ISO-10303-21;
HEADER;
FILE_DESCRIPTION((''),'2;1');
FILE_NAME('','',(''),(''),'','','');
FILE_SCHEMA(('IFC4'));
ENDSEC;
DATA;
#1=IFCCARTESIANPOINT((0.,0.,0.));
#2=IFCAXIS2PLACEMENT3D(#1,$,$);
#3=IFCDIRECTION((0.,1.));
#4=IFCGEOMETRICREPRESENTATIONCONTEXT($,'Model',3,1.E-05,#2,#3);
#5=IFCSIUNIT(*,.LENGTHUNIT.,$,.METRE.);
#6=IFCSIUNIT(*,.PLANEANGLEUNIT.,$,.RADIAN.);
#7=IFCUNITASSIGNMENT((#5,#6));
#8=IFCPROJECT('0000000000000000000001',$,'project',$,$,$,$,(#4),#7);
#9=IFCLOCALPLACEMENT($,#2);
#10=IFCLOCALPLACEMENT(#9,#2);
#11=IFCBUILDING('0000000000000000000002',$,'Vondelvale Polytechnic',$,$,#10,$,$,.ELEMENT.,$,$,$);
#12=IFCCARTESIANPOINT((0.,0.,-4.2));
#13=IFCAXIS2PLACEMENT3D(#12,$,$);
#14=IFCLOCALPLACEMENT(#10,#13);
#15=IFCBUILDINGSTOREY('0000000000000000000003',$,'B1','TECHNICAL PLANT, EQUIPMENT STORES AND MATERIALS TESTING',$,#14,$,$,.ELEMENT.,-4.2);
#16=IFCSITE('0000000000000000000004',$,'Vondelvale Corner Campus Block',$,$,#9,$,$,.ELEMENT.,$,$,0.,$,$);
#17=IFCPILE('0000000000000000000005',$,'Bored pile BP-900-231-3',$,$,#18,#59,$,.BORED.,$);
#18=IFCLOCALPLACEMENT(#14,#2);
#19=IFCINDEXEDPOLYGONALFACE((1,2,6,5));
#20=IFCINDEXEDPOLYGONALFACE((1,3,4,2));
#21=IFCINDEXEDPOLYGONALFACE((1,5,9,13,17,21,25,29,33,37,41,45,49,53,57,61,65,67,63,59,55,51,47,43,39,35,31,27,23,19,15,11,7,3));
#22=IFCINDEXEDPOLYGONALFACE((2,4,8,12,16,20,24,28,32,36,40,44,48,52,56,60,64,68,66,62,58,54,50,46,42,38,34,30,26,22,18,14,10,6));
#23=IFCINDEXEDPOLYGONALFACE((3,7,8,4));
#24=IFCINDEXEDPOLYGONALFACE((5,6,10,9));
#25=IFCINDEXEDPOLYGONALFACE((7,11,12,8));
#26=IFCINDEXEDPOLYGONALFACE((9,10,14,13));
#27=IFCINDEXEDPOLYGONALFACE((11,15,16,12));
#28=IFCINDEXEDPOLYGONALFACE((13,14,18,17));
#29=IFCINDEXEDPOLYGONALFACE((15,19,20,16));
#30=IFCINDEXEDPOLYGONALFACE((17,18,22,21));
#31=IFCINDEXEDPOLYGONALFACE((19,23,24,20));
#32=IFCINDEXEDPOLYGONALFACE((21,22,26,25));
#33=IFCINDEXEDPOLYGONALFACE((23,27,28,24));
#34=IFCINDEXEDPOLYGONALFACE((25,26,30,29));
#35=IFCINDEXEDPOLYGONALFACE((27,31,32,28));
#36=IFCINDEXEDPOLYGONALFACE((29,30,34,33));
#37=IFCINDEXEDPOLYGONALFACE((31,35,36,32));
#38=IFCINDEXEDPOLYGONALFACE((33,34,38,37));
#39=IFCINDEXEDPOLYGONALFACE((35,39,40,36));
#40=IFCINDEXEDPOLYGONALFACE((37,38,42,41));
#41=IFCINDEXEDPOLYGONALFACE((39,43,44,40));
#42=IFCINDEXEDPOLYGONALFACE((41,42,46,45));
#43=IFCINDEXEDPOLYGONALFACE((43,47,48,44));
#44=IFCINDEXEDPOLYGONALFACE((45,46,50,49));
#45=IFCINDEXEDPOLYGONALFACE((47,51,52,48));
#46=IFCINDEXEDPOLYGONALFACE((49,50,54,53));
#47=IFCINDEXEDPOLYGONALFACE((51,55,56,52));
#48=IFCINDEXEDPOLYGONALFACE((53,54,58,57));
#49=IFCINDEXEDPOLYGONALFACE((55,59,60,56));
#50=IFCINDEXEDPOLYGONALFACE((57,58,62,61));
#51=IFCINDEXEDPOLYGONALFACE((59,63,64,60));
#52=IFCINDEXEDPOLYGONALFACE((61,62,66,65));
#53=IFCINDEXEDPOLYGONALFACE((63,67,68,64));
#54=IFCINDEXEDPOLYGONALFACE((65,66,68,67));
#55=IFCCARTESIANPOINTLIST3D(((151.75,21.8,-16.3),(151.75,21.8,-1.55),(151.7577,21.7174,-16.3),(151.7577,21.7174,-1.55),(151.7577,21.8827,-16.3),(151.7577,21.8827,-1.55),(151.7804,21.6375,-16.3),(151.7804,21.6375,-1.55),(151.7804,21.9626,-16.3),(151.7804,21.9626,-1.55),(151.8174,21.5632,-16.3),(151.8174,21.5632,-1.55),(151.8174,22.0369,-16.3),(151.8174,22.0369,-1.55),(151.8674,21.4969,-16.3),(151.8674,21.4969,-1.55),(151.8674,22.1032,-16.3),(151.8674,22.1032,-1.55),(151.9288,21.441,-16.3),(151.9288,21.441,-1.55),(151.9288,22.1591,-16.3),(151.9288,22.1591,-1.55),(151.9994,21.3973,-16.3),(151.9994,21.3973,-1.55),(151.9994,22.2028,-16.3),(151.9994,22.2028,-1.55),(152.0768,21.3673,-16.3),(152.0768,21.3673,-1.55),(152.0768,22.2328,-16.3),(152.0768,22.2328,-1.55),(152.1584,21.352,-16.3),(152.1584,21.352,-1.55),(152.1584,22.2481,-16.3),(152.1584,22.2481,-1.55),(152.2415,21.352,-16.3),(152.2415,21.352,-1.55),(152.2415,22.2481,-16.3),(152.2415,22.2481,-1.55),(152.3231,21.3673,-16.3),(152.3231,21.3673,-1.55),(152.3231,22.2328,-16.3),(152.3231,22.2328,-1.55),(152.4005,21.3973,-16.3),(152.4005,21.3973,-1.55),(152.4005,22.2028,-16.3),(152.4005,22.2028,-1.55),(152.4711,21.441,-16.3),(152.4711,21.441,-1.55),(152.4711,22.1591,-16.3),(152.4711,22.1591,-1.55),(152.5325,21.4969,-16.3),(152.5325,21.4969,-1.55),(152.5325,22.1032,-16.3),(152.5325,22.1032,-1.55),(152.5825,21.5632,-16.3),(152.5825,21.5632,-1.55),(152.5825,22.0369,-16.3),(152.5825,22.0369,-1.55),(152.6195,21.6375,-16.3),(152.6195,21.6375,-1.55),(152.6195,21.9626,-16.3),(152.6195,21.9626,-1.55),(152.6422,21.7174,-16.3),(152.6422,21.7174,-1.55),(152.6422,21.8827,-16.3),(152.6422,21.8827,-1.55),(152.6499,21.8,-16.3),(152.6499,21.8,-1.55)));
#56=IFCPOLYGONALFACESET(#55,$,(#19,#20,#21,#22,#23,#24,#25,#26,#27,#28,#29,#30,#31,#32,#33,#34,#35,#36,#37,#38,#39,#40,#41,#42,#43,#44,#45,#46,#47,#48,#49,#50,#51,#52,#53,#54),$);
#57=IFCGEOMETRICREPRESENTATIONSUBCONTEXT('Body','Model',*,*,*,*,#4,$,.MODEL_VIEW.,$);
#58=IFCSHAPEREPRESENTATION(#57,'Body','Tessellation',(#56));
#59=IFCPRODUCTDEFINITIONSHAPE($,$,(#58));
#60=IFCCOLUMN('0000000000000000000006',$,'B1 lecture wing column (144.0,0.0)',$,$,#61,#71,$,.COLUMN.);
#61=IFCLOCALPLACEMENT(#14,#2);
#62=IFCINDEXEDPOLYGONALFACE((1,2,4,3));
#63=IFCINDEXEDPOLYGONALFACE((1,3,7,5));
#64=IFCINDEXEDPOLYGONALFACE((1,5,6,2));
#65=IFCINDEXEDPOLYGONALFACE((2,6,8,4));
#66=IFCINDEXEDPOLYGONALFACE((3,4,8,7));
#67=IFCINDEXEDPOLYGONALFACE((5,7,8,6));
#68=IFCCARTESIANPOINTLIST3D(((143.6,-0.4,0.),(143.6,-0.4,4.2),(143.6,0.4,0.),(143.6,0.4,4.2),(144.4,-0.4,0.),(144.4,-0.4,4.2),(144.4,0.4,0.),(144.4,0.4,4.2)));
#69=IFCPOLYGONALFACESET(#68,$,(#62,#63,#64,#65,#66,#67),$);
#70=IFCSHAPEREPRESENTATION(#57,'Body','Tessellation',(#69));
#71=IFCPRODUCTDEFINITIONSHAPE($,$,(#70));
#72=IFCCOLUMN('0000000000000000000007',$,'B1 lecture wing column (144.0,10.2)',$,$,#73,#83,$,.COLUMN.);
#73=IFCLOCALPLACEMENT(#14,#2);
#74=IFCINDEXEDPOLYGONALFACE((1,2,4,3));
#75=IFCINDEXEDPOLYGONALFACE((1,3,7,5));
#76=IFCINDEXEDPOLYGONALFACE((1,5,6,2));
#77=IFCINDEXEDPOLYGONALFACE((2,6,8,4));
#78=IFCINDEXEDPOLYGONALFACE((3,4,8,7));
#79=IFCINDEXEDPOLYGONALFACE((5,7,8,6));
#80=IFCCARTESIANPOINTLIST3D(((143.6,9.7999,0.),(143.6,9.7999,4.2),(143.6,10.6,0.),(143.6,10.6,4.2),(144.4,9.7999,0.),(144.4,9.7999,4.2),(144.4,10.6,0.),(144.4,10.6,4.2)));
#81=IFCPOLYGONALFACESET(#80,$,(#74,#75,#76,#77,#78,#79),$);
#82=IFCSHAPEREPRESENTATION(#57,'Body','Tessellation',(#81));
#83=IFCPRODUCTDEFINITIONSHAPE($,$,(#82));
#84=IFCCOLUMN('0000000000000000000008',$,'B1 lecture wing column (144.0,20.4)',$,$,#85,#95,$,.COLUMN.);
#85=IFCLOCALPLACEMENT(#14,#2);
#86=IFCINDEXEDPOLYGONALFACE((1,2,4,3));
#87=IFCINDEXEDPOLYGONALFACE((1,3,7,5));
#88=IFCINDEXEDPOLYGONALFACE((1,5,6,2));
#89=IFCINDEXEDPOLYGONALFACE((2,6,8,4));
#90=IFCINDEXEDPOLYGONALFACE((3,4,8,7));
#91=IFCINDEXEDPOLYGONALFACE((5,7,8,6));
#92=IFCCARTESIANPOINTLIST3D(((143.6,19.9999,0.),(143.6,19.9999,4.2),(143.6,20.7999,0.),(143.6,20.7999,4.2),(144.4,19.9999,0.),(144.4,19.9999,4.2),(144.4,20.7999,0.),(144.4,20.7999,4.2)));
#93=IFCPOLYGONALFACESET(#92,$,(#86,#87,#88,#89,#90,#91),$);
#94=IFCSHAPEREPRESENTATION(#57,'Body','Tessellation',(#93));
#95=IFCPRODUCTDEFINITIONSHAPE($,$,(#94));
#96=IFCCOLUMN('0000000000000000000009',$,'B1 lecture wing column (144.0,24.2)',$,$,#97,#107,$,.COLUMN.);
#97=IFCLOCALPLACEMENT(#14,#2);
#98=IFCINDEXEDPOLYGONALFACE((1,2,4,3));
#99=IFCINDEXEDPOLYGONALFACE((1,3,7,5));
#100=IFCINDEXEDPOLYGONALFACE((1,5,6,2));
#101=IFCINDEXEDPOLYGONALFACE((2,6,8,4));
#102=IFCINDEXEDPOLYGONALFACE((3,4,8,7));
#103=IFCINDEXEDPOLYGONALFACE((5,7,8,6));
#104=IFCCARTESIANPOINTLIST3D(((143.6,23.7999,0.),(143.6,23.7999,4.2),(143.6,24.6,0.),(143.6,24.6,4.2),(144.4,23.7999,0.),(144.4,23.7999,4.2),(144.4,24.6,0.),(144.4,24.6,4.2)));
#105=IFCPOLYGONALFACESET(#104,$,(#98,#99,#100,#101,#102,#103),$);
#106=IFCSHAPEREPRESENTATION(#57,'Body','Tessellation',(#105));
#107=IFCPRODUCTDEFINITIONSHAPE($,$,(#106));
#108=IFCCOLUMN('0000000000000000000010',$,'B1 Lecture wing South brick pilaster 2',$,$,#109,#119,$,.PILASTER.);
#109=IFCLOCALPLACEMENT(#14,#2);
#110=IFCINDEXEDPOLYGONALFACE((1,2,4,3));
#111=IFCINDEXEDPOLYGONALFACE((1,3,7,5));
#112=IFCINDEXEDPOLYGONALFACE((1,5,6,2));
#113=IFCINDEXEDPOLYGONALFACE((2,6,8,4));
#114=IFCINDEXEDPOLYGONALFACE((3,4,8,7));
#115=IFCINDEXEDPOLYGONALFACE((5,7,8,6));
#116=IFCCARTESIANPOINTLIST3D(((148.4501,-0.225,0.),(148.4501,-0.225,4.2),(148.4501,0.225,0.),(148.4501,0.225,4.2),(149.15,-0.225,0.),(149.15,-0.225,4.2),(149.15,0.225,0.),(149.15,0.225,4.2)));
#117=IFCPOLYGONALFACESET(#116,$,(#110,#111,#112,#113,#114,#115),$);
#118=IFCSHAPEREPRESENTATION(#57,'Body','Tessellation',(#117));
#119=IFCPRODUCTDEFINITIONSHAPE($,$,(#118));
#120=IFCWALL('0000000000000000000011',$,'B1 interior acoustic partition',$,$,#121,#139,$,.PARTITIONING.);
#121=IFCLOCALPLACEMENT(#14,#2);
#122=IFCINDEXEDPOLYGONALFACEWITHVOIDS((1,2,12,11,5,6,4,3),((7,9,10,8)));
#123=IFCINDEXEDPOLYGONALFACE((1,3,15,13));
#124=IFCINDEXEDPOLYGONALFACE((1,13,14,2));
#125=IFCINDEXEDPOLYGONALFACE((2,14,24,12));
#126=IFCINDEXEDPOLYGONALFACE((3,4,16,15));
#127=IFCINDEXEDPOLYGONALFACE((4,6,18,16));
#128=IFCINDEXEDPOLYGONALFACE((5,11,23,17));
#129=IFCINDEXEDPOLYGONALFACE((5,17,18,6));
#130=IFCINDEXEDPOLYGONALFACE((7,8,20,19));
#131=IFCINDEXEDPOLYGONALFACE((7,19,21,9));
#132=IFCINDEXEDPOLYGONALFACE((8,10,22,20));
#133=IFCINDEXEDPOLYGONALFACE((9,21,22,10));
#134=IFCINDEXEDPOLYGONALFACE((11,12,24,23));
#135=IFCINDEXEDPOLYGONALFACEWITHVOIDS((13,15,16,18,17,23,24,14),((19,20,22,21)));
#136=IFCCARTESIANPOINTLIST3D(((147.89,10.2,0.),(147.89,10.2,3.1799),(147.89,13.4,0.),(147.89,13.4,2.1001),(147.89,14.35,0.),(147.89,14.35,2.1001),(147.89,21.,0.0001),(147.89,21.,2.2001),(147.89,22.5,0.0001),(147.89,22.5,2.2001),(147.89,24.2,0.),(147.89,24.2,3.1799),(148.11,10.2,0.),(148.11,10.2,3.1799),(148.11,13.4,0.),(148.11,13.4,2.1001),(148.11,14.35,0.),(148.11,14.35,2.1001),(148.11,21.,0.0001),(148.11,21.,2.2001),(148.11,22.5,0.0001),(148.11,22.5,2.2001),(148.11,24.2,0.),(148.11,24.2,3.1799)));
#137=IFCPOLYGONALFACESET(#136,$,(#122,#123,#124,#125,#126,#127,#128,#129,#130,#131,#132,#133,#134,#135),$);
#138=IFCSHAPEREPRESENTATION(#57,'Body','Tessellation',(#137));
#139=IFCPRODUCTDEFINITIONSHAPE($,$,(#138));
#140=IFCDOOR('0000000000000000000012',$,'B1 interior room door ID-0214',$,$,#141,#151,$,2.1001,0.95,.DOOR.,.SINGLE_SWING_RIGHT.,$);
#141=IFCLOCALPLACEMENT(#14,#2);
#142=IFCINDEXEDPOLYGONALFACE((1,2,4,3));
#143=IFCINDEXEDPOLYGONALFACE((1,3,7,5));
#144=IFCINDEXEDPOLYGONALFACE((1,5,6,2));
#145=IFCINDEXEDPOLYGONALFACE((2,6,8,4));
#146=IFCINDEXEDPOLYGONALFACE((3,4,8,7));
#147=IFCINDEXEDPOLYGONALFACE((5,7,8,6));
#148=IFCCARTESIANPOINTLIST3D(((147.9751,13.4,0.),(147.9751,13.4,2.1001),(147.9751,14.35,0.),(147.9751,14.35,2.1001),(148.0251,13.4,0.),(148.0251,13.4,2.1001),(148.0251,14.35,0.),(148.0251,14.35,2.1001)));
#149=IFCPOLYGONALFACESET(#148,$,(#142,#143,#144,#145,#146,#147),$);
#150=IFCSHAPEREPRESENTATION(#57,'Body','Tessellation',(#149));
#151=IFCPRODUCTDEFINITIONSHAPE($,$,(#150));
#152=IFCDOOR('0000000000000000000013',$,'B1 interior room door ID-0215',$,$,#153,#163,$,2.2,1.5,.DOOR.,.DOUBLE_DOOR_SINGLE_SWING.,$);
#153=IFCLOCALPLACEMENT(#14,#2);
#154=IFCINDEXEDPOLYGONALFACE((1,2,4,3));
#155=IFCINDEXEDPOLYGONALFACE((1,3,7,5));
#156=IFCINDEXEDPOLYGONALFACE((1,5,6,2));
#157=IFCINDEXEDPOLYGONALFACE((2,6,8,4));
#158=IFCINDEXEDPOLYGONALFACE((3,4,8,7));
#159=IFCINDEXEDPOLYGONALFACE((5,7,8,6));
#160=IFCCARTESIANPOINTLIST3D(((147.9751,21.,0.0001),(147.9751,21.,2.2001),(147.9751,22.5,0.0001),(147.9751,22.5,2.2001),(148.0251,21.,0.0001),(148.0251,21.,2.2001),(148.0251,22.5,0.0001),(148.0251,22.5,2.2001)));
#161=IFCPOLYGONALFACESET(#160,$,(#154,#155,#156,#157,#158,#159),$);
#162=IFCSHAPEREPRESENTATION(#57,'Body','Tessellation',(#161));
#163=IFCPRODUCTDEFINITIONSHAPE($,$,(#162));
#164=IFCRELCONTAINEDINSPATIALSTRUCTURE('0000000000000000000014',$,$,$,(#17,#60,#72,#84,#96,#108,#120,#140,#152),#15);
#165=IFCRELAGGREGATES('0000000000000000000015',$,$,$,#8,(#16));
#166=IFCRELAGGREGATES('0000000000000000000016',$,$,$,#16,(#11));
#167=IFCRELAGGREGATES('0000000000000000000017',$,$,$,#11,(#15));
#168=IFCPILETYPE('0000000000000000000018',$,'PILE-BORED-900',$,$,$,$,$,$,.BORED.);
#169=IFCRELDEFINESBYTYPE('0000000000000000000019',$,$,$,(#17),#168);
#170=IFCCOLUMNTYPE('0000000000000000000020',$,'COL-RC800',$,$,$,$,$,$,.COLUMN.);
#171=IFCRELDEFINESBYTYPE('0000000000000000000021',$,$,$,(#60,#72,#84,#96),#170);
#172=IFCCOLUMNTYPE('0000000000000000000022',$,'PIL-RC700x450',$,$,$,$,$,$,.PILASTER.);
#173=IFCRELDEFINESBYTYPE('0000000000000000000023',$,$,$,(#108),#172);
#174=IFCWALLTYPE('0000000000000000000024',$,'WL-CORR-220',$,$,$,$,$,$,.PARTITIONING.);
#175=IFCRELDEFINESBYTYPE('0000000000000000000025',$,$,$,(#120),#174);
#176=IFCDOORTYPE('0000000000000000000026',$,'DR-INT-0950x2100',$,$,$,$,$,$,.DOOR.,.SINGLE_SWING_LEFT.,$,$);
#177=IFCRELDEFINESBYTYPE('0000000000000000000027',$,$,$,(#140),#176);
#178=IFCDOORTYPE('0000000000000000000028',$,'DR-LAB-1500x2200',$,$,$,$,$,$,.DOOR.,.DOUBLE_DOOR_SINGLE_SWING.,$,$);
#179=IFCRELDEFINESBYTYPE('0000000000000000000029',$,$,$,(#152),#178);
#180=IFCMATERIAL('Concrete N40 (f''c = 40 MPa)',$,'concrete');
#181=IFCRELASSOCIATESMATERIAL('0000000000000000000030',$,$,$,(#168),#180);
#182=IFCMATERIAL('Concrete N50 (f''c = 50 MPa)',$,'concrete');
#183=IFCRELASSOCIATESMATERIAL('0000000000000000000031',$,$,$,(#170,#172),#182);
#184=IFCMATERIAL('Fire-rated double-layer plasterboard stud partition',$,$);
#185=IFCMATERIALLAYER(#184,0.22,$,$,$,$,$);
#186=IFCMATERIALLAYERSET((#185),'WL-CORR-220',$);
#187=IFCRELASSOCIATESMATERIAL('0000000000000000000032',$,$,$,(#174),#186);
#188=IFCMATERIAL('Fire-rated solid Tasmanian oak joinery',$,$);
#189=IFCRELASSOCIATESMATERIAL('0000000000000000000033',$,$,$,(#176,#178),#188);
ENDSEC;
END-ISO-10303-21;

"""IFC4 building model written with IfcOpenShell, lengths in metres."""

from ifc_helpers import new_model, si_unit, direction, frame, frame_2d, origin, origin_2d, place, context, subcontext, project, spatial, rectangle, circle, extrude, material, layer, layer_set, material_profile, profile_set, type_object, element, fill, save


model = new_model("IFC4")

# Units and contexts
model_context = context("Model", 3, precision=1e-05, world=origin(), true_north=direction((0.0, 1.0)))
body_context = subcontext(model_context, "Body", "Model", "MODEL_VIEW")
ifc_project = project(units=[si_unit("LENGTHUNIT", "METRE"), si_unit("PLANEANGLEUNIT", "RADIAN")], contexts=[model_context])

# Site, building, storey
site_placement = place(None, origin())
site = spatial("IfcSite", under=ifc_project, at=site_placement, Name="Vondelvale Corner Campus Block", CompositionType="ELEMENT", RefElevation=0.0)
building_placement = place(site_placement, origin())
building = spatial("IfcBuilding", under=site, at=building_placement, Name="Vondelvale Polytechnic", CompositionType="ELEMENT")
storey_placement = place(building_placement, frame((0.0, 0.0, -4.2)))
storey = spatial("IfcBuildingStorey", under=building, at=storey_placement, Name="B1", Description="TECHNICAL PLANT, EQUIPMENT STORES AND MATERIALS TESTING", CompositionType="ELEMENT", Elevation=-4.2)

# Shared definitions
ifc_material_1 = material(Name="Concrete N40 (f'c = 40 MPa)", Category="concrete")

# Pile
ifc_material_profile_1 = material_profile(ifc_material_1, circle(Radius=0.45, at=origin_2d()), Name="PILE-D900")
ifc_profile_set_1 = profile_set([ifc_material_profile_1], Name="Concrete N40 (f'c = 40 MPa)")
pile_type_1 = type_object("IfcPileType", Name="PILE-BORED-900", PredefinedType="BORED", material=ifc_profile_set_1)
for number, where, z_axis, x_axis, name in (
    (1, (152.2, 21.8, -1.55), (0.0, 0.0, -1.0), (1.0, 0.0, 0.0), "Bored pile BP-900-231-3"),
):
    element("IfcPile", number, at=place(storey_placement, frame(where, z_axis=z_axis, x_axis=x_axis)), inside=storey, type_object=pile_type_1, Name=name, PredefinedType="BORED", context=body_context, shape_type="SweptSolid", body=[
        extrude(circle(Radius=0.45, at=origin_2d()), origin(), (0.0, 0.0, 1.0), 14.75),
    ])

# Columns
ifc_material_2 = material(Name="Concrete N50 (f'c = 50 MPa)", Category="concrete")
ifc_material_profile_2 = material_profile(ifc_material_2, rectangle(XDim=0.8, YDim=0.8, at=origin_2d()), Name="RC-COL-800x800")
ifc_profile_set_2 = profile_set([ifc_material_profile_2], Name="Concrete N50 (f'c = 50 MPa)")
column_type_1 = type_object("IfcColumnType", Name="COL-RC800", PredefinedType="COLUMN", material=ifc_profile_set_2)
for number, where, z_axis, x_axis, name in (
    (2, (144.0, 0.0, 0.0), (0.0, 0.0, 1.0), (1.0, 0.0, 0.0), "B1 lecture wing column (144.0,0.0)"),
    (3, (144.0, 10.2, 0.0), (0.0, 0.0, 1.0), (1.0, 0.0, 0.0), "B1 lecture wing column (144.0,10.2)"),
    (4, (144.0, 20.3999, 0.0), (0.0, 0.0, 1.0), (1.0, 0.0, 0.0), "B1 lecture wing column (144.0,20.4)"),
    (5, (144.0, 24.2, 0.0), (0.0, 0.0, 1.0), (1.0, 0.0, 0.0), "B1 lecture wing column (144.0,24.2)"),
):
    element("IfcColumn", number, at=place(storey_placement, frame(where, z_axis=z_axis, x_axis=x_axis)), inside=storey, type_object=column_type_1, Name=name, PredefinedType="COLUMN", context=body_context, shape_type="SweptSolid", body=[
        extrude(rectangle(XDim=0.8, YDim=0.8, at=origin_2d()), origin(), (0.0, 0.0, 1.0), 4.2),
    ])
ifc_material_profile_3 = material_profile(ifc_material_2, rectangle(XDim=0.45, YDim=0.7, at=origin_2d()), Name="RC-PIL-700x450")
ifc_profile_set_3 = profile_set([ifc_material_profile_3], Name="Concrete N50 (f'c = 50 MPa)")
column_type_2 = type_object("IfcColumnType", Name="PIL-RC700x450", PredefinedType="PILASTER", material=ifc_profile_set_3)
column_placement = place(storey_placement, frame((148.8, 0.0, 0.0), z_axis=(0.0, 0.0, 1.0), x_axis=(0.0, 1.0, 0.0)))
element("IfcColumn", 6, at=column_placement, inside=storey, type_object=column_type_2, Name="B1 Lecture wing South brick pilaster 2", PredefinedType="PILASTER", context=body_context, shape_type="SweptSolid", body=[
    extrude(rectangle(XDim=0.45, YDim=0.7, at=origin_2d()), origin(), (0.0, 0.0, 1.0), 4.2),
])

# Wall, openings, doors
ifc_material_3 = material(Name="Fire-rated double-layer plasterboard stud partition")
ifc_layer = layer(ifc_material_3, 0.22)
ifc_layer_set = layer_set([ifc_layer], Name="WL-CORR-220")
wall_type = type_object("IfcWallType", Name="WL-CORR-220", PredefinedType="PARTITIONING", material=ifc_layer_set)
wall_1_placement = place(storey_placement, frame((148.0, 10.2, 0.0), z_axis=(0.0, 0.0, 1.0), x_axis=(0.0, 1.0, 0.0)))
wall_1 = element("IfcWall", 7, at=wall_1_placement, inside=storey, type_object=wall_type, Name="B1 interior acoustic partition", PredefinedType="PARTITIONING", context=body_context, shape_type="SweptSolid", body=[
    extrude(rectangle(XDim=14.0, YDim=0.22, at=frame_2d((7.0, 0.0))), origin(), (0.0, 0.0, 1.0), 3.1799),
])
opening_1_placement = place(wall_1_placement, frame((3.2, 0.0, 0.0)))
opening_1 = element("IfcOpeningElement", 8, at=opening_1_placement, cuts=wall_1, PredefinedType="OPENING", context=body_context, shape_type="SweptSolid", body=[
    extrude(rectangle(XDim=0.95, YDim=2.1001, at=frame_2d((0.4751, 1.05))), frame((0.0, 0.1199, 0.0), z_axis=(0.0, -1.0, 0.0), x_axis=(1.0, 0.0, 0.0)), (0.0, 0.0, 1.0), 0.24),
])
opening_2_placement = place(wall_1_placement, frame((10.8, 0.0, 0.0)))
opening_2 = element("IfcOpeningElement", 9, at=opening_2_placement, cuts=wall_1, PredefinedType="OPENING", context=body_context, shape_type="SweptSolid", body=[
    extrude(rectangle(XDim=1.5, YDim=2.2, at=frame_2d((0.75, 1.1001))), frame((0.0, 0.1199, 0.0), z_axis=(0.0, -1.0, 0.0), x_axis=(1.0, 0.0, 0.0)), (0.0, 0.0, 1.0), 0.24),
])
ifc_material_4 = material(Name="Fire-rated solid Tasmanian oak joinery")
door_type_1 = type_object("IfcDoorType", Name="DR-INT-0950x2100", OperationType="SINGLE_SWING_LEFT", PredefinedType="DOOR", material=ifc_material_4)
door_1_placement = place(opening_1_placement, origin())
door_1 = element("IfcDoor", 10, at=door_1_placement, inside=storey, type_object=door_type_1, Name="B1 interior room door ID-0214", OperationType="SINGLE_SWING_RIGHT", OverallHeight=2.1001, OverallWidth=0.95, PredefinedType="DOOR", context=body_context, shape_type="SweptSolid", body=[
    extrude(rectangle(XDim=0.95, YDim=2.1001, at=frame_2d((0.4751, 1.05))), frame((0.0, 0.0249, 0.0), z_axis=(0.0, -1.0, 0.0), x_axis=(1.0, 0.0, 0.0)), (0.0, 0.0, 1.0), 0.05),
])
fill(opening_1, door_1)
door_type_2 = type_object("IfcDoorType", Name="DR-LAB-1500x2200", OperationType="DOUBLE_DOOR_SINGLE_SWING", PredefinedType="DOOR", material=ifc_material_4)
door_2_placement = place(opening_2_placement, origin())
door_2 = element("IfcDoor", 11, at=door_2_placement, inside=storey, type_object=door_type_2, Name="B1 interior room door ID-0215", OperationType="DOUBLE_DOOR_SINGLE_SWING", OverallHeight=2.2, OverallWidth=1.5, PredefinedType="DOOR", context=body_context, shape_type="SweptSolid", body=[
    extrude(rectangle(XDim=1.5, YDim=2.2, at=frame_2d((0.75, 1.1001))), frame((0.0, 0.0249, 0.0), z_axis=(0.0, -1.0, 0.0), x_axis=(1.0, 0.0, 0.0)), (0.0, 0.0, 1.0), 0.05),
])
fill(opening_2, door_2)

save(model, "model.ifc")
